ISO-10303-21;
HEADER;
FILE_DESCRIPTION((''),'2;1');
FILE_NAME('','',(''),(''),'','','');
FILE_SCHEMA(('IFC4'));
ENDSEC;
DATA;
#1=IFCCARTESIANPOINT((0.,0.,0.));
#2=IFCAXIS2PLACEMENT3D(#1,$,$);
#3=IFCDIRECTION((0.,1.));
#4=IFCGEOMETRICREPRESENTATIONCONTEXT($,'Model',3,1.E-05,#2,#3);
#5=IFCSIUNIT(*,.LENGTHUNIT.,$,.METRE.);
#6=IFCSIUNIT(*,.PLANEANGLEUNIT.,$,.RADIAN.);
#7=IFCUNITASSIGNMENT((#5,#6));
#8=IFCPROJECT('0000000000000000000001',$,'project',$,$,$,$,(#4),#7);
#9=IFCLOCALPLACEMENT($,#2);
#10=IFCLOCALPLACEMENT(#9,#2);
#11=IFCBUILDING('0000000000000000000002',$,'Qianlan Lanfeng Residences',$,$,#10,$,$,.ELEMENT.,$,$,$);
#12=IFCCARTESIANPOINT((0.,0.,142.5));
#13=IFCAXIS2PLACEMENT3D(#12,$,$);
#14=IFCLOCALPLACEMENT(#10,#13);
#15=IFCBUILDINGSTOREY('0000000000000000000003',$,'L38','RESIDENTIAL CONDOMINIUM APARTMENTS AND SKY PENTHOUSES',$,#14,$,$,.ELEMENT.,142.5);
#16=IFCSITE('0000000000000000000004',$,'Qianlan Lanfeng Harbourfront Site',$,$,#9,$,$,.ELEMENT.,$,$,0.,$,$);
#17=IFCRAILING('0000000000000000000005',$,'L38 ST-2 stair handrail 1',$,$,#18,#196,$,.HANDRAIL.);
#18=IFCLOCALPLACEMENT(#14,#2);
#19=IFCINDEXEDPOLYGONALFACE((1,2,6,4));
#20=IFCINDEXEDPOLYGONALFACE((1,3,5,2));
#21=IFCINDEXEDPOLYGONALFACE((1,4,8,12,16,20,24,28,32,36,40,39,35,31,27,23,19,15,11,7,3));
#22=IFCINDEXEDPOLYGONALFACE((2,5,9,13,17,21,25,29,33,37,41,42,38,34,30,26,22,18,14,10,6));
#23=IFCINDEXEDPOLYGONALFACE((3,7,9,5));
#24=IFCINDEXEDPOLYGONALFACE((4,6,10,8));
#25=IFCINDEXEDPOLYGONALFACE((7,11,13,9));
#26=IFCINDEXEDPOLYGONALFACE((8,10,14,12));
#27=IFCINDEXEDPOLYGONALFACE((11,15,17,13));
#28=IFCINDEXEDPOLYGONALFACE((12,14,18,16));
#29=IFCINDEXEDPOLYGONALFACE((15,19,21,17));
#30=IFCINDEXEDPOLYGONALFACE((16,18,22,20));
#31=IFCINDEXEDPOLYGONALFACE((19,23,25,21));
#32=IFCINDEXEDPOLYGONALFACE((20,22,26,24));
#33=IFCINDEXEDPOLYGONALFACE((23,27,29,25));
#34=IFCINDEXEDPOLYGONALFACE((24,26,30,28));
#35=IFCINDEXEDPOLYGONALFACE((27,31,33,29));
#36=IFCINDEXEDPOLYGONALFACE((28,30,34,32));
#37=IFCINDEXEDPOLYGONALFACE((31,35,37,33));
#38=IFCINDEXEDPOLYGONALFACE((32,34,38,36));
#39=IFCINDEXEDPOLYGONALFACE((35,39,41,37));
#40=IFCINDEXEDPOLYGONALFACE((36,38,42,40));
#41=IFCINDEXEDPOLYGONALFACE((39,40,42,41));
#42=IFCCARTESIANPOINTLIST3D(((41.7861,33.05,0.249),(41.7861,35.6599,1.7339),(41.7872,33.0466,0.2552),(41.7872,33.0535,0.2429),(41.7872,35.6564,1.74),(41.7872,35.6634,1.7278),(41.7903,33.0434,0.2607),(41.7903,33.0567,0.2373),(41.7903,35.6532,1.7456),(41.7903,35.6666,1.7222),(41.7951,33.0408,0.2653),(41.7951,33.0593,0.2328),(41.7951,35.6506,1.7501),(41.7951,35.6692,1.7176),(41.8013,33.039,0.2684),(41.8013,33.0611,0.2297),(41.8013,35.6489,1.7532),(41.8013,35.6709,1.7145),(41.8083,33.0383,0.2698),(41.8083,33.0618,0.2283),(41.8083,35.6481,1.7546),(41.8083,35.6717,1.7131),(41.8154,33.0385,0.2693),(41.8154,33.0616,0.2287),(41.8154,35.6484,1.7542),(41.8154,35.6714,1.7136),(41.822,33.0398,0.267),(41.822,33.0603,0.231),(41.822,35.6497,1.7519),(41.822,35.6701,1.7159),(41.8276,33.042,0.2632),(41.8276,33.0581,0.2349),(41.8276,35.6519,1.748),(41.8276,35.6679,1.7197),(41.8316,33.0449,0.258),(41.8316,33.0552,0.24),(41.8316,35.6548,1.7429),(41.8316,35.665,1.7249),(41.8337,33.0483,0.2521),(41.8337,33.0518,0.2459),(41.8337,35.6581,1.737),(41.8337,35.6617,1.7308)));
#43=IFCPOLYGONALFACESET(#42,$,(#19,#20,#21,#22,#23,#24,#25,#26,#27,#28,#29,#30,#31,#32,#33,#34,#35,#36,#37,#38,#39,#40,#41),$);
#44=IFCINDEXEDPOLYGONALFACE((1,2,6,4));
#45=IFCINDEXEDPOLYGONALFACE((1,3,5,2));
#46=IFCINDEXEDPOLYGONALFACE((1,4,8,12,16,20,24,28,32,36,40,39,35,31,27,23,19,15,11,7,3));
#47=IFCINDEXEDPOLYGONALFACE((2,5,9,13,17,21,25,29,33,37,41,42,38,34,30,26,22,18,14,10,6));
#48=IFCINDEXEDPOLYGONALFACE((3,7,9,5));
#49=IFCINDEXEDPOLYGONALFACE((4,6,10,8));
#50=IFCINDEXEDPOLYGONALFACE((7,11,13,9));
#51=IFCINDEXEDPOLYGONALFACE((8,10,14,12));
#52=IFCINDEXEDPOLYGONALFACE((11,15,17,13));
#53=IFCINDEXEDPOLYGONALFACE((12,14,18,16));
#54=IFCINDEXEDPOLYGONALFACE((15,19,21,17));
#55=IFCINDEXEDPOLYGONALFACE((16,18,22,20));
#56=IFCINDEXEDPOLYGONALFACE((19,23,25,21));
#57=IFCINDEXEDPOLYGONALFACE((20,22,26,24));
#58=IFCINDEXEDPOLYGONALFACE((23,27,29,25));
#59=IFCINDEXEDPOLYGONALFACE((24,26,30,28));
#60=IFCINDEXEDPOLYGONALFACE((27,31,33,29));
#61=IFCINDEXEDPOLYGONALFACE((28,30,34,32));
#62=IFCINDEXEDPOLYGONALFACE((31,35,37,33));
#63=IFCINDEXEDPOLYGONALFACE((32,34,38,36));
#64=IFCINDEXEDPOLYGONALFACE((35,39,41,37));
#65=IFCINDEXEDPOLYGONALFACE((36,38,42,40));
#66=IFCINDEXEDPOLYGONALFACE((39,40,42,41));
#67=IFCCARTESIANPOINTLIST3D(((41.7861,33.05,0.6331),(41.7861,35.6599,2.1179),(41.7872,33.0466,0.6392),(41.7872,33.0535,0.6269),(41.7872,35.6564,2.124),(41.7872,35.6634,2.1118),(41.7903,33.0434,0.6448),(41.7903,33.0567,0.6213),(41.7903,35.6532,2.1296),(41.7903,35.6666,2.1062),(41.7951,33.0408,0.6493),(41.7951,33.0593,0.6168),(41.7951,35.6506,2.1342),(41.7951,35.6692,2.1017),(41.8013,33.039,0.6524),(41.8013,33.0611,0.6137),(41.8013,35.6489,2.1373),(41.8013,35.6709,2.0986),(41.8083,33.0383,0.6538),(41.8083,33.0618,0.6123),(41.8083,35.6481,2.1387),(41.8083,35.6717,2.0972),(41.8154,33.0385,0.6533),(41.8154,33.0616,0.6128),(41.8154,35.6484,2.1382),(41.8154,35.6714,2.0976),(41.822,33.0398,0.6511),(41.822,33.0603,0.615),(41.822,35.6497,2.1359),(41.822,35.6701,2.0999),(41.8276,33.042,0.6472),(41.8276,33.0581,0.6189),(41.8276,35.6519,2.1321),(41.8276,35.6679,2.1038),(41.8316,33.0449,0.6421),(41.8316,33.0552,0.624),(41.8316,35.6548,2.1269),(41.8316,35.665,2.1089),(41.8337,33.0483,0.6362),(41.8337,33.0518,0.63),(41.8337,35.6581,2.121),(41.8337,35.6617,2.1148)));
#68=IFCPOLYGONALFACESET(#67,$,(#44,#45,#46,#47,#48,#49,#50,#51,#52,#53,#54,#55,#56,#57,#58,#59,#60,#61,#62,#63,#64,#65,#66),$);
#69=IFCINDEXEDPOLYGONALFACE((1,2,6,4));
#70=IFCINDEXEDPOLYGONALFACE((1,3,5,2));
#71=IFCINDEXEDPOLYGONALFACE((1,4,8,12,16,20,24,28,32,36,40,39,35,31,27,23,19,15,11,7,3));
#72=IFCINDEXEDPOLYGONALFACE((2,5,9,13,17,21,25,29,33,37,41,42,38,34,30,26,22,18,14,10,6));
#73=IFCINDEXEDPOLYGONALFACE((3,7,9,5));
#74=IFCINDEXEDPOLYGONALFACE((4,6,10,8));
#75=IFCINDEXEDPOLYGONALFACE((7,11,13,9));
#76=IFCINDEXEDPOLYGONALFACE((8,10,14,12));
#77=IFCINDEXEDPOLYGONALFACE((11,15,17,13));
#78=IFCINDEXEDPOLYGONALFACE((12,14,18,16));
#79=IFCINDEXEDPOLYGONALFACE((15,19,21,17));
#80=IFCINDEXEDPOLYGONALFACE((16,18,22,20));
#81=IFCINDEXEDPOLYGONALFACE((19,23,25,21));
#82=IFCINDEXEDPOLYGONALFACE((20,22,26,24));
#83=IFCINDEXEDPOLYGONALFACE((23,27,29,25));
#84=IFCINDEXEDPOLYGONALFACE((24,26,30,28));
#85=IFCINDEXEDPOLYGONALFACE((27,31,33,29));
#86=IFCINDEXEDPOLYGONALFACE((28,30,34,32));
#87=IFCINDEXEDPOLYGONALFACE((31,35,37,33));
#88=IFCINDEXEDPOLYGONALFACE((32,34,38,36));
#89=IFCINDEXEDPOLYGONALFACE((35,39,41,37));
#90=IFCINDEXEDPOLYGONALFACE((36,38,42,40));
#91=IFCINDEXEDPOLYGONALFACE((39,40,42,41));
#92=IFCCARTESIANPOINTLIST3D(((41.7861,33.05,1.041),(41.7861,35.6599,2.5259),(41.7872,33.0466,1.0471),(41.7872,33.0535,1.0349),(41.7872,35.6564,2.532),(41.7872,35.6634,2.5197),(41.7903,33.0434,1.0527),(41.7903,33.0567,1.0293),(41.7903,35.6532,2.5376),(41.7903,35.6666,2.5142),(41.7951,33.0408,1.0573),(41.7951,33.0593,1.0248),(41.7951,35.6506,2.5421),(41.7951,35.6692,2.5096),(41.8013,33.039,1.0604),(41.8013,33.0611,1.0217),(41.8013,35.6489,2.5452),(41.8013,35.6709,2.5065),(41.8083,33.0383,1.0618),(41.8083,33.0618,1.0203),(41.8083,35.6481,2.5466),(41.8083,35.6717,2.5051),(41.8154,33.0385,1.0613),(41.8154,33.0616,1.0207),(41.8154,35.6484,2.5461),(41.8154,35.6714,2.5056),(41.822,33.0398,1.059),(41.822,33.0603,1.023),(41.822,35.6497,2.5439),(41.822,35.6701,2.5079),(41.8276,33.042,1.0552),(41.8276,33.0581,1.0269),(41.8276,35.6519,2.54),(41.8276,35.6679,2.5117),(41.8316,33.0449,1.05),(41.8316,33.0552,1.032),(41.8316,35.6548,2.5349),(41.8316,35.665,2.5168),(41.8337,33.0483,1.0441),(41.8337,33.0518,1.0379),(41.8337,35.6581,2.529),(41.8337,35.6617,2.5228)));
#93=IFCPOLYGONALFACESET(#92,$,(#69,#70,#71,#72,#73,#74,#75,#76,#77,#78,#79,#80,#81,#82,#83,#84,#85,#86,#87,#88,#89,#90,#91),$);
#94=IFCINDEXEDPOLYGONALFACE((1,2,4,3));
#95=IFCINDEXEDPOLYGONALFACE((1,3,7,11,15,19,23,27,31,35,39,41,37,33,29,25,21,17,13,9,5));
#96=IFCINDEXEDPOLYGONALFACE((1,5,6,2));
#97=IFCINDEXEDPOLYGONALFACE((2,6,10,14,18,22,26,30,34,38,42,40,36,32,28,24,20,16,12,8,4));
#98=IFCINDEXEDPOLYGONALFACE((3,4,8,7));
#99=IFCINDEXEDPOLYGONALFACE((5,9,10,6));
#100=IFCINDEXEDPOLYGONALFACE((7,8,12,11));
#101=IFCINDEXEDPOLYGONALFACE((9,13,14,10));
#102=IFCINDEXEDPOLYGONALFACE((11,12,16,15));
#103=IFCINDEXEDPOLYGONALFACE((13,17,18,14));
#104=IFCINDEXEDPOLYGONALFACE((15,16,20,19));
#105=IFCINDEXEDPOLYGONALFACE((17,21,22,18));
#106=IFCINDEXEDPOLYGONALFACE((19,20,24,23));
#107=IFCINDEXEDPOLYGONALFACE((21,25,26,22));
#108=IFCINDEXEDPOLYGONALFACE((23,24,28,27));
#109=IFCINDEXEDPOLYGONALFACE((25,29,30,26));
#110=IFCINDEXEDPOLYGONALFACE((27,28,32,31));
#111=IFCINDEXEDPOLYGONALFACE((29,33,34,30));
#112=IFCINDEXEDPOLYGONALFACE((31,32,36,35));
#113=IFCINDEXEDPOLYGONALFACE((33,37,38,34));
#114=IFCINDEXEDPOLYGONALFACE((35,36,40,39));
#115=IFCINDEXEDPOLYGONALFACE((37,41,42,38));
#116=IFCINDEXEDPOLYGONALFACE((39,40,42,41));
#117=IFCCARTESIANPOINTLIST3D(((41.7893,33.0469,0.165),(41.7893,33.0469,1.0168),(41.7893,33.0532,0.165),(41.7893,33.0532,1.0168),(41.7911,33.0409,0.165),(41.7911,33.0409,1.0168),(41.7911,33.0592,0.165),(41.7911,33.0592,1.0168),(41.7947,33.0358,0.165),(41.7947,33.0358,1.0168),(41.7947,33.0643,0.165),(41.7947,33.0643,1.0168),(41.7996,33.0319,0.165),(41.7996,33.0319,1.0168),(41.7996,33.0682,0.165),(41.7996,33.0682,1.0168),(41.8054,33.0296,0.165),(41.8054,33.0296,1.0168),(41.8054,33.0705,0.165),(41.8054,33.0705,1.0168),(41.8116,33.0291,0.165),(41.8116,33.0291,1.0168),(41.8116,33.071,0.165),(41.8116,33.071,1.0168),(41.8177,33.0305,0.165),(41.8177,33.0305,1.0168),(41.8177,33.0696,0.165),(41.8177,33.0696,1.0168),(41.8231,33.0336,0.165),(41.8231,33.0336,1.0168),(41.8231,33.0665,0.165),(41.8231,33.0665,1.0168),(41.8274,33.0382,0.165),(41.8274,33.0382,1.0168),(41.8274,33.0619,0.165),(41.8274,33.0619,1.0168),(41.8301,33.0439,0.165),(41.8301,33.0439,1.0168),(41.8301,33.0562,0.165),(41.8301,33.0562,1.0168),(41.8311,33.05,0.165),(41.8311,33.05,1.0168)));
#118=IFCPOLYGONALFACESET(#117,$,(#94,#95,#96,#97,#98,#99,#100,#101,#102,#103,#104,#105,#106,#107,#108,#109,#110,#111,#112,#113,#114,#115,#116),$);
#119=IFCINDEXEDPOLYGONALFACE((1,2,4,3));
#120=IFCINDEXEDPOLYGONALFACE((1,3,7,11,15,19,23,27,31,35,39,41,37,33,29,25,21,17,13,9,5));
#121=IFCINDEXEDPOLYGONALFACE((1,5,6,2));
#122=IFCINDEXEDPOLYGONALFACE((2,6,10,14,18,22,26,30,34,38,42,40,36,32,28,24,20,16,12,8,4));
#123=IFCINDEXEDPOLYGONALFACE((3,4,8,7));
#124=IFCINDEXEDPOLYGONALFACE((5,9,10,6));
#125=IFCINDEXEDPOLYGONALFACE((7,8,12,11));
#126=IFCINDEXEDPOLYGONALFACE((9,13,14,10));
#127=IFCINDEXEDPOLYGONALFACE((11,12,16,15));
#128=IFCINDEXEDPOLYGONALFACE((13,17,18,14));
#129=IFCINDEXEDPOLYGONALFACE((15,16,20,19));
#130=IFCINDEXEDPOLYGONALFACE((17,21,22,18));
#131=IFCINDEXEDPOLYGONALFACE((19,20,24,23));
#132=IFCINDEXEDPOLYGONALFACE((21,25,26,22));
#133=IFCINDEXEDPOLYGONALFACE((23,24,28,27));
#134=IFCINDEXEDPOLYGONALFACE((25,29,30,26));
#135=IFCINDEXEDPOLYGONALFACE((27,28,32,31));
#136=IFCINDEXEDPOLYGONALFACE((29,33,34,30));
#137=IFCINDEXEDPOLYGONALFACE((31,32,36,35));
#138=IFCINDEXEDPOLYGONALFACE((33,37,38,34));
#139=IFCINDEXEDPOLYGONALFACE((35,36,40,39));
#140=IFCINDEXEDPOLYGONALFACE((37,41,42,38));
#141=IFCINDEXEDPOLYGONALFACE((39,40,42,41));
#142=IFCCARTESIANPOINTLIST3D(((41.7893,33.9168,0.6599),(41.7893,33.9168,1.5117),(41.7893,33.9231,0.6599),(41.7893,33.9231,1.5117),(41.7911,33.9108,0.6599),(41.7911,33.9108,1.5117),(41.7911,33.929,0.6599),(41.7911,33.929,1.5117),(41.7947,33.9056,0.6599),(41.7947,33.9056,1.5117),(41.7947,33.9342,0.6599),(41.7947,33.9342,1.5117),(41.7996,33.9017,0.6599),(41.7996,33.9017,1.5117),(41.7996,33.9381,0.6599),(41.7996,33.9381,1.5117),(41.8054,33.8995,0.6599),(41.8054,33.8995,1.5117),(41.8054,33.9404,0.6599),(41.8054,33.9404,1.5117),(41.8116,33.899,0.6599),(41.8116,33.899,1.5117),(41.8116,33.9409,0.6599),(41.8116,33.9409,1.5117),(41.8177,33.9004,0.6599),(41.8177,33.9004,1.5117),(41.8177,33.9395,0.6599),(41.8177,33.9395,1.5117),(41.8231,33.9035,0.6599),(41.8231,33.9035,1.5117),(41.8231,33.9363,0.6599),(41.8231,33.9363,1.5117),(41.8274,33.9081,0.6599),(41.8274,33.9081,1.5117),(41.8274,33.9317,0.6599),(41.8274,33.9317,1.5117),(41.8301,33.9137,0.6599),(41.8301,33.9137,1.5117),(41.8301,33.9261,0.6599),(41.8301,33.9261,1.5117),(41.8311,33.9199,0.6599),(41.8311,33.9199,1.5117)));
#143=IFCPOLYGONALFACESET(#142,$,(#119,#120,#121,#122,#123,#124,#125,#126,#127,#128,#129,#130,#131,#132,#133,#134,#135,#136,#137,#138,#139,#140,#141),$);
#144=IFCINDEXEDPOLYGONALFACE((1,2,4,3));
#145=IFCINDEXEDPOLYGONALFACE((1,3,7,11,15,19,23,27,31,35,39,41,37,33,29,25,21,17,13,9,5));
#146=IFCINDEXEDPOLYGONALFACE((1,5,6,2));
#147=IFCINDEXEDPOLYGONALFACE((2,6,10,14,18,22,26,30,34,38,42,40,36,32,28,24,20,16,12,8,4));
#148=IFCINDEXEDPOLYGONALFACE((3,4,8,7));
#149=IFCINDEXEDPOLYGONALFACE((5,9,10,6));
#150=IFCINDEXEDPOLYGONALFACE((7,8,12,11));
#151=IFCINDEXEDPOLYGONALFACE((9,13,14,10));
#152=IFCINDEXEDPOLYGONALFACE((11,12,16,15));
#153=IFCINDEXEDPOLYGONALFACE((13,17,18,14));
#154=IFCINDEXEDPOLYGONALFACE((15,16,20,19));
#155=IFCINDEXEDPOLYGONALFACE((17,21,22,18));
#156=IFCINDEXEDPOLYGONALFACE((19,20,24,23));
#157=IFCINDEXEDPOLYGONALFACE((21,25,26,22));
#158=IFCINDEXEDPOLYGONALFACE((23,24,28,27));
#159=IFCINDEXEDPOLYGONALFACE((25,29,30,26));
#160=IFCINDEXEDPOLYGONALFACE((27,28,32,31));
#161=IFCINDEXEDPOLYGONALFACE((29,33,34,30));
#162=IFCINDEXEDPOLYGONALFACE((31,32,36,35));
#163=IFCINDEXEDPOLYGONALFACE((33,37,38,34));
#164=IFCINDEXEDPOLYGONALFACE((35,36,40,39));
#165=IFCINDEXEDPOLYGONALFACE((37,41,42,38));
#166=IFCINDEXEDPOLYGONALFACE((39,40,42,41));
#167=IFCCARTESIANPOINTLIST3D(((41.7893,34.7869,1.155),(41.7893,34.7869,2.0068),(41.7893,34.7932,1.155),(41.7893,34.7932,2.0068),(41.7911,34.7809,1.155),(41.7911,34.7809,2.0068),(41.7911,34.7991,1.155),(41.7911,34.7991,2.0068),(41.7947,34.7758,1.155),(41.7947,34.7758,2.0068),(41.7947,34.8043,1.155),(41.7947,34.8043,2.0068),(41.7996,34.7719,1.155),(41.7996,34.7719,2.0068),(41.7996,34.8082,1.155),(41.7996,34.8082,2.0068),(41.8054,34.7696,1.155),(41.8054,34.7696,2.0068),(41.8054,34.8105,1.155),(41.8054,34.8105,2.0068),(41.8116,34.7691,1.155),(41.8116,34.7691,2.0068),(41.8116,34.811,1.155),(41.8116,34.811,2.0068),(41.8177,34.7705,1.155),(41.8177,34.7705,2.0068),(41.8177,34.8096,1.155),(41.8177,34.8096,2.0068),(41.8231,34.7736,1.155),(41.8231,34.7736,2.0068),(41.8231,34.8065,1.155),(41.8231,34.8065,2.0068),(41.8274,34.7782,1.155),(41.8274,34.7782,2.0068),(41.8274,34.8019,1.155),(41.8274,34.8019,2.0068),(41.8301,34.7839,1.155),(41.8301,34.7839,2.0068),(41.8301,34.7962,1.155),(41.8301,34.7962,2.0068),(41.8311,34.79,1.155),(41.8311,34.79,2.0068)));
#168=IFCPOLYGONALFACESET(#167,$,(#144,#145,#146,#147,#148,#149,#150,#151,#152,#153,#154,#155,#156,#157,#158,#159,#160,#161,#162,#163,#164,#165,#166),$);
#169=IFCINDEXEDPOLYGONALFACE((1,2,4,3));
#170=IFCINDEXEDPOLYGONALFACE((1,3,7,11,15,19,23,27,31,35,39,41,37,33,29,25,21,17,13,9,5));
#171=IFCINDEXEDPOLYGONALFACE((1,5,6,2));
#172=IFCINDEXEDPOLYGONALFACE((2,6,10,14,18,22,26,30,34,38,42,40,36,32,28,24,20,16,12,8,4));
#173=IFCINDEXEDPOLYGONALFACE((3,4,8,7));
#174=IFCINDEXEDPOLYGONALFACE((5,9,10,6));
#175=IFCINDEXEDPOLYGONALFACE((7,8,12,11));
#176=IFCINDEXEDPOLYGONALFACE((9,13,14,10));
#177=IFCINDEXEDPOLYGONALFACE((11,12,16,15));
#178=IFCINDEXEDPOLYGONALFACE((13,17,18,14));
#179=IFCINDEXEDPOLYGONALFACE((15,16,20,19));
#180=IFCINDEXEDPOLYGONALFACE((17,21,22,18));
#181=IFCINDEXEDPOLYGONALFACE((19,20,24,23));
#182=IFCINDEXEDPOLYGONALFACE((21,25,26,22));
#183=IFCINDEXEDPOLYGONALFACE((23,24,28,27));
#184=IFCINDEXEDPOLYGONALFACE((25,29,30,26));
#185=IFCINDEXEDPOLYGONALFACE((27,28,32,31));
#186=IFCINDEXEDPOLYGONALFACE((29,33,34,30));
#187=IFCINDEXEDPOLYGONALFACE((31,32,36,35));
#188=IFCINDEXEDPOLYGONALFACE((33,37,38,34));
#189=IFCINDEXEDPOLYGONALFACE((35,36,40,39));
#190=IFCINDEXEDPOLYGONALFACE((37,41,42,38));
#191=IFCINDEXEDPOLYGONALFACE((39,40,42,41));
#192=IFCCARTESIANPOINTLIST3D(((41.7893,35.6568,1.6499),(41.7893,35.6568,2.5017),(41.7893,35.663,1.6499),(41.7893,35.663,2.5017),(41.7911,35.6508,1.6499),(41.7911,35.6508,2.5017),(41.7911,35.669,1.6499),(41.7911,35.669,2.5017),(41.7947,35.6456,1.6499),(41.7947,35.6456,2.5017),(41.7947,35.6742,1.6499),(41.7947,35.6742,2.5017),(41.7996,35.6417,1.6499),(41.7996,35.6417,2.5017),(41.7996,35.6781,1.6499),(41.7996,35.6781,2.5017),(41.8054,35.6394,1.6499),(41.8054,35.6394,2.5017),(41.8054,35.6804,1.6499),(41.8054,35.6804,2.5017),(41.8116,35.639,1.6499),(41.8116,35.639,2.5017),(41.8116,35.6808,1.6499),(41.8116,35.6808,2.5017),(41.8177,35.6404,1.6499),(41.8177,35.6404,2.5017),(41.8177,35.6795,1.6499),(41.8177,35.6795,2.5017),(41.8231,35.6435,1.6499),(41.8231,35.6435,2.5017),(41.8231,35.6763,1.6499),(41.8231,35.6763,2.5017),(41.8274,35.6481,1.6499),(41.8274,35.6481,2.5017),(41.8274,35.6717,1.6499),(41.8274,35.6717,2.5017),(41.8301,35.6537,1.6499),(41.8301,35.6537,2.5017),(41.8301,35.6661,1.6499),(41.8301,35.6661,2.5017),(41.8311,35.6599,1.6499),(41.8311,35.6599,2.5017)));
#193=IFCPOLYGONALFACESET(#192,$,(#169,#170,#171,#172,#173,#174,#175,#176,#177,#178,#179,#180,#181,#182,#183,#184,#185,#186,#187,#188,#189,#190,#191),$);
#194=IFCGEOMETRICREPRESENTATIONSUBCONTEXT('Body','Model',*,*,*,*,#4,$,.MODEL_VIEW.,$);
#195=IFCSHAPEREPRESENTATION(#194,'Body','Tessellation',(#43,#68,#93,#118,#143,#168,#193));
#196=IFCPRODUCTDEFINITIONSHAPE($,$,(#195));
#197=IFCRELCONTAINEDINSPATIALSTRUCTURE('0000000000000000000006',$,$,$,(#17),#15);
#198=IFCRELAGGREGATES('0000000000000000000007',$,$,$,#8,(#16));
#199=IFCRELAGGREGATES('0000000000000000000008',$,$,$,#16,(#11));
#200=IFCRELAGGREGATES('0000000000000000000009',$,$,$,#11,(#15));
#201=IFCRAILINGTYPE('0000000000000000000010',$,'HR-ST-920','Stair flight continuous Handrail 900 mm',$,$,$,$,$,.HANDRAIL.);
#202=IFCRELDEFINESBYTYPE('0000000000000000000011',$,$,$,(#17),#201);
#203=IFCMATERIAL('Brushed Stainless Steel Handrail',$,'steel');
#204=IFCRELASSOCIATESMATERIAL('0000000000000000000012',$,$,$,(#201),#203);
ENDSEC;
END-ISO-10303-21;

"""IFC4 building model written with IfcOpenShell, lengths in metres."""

from ifc_helpers import new_model, si_unit, direction, frame, origin, origin_2d, place, context, subcontext, project, spatial, circle, extrude, material, type_object, element, save


model = new_model("IFC4")

# Units and contexts
model_context = context("Model", 3, precision=1e-05, world=origin(), true_north=direction((0.0, 1.0)))
body_context = subcontext(model_context, "Body", "Model", "MODEL_VIEW")
ifc_project = project(units=[si_unit("LENGTHUNIT", "METRE"), si_unit("PLANEANGLEUNIT", "RADIAN")], contexts=[model_context])

# Site, building, storey
site_placement = place(None, origin())
site = spatial("IfcSite", under=ifc_project, at=site_placement, Name="Qianlan Lanfeng Harbourfront Site", CompositionType="ELEMENT", RefElevation=0.0)
building_placement = place(site_placement, origin())
building = spatial("IfcBuilding", under=site, at=building_placement, Name="Qianlan Lanfeng Residences", CompositionType="ELEMENT")
storey_placement = place(building_placement, frame((0.0, 0.0, 142.5)))
storey = spatial("IfcBuildingStorey", under=building, at=storey_placement, Name="L38", Description="RESIDENTIAL CONDOMINIUM APARTMENTS AND SKY PENTHOUSES", CompositionType="ELEMENT", Elevation=142.5)

# Railing
ifc_material_1 = material(Name="Brushed Stainless Steel Handrail", Category="steel")
railing_type_1 = type_object("IfcRailingType", Name="HR-ST-920", Description="Stair flight continuous Handrail 900 mm", PredefinedType="HANDRAIL", material=ifc_material_1)
railing_1_placement = place(storey_placement, frame((41.8101, 33.05, 0.165)))
element("IfcRailing", 1, at=railing_1_placement, inside=storey, type_object=railing_type_1, Name="L38 ST-2 stair handrail 1", PredefinedType="HANDRAIL", context=body_context, shape_type="SweptSolid", body=[
    extrude(circle(Radius=0.0239, at=origin_2d()), frame((0.0, 0.0, 0.084), z_axis=(0.0, 0.869172, 0.494509), x_axis=(-1.0, 0.0, 0.0)), (0.0, 0.0, 1.0), 3.0027),
    extrude(circle(Radius=0.0239, at=origin_2d()), frame((0.0, 0.0, 0.468), z_axis=(0.0, 0.869172, 0.494509), x_axis=(-1.0, 0.0, 0.0)), (0.0, 0.0, 1.0), 3.0027),
    extrude(circle(Radius=0.0239, at=origin_2d()), frame((0.0, 0.0, 0.876), z_axis=(0.0, 0.869172, 0.494509), x_axis=(-1.0, 0.0, 0.0)), (0.0, 0.0, 1.0), 3.0027),
    extrude(circle(Radius=0.021, at=origin_2d()), origin(), (0.0, 0.0, 1.0), 0.8518),
    extrude(circle(Radius=0.021, at=origin_2d()), frame((0.0, 0.8699, 0.4949)), (0.0, 0.0, 1.0), 0.8518),
    extrude(circle(Radius=0.021, at=origin_2d()), frame((0.0, 1.74, 0.99)), (0.0, 0.0, 1.0), 0.8518),
    extrude(circle(Radius=0.021, at=origin_2d()), frame((0.0, 2.6099, 1.4849)), (0.0, 0.0, 1.0), 0.8518),
])

save(model, "model.ifc")
